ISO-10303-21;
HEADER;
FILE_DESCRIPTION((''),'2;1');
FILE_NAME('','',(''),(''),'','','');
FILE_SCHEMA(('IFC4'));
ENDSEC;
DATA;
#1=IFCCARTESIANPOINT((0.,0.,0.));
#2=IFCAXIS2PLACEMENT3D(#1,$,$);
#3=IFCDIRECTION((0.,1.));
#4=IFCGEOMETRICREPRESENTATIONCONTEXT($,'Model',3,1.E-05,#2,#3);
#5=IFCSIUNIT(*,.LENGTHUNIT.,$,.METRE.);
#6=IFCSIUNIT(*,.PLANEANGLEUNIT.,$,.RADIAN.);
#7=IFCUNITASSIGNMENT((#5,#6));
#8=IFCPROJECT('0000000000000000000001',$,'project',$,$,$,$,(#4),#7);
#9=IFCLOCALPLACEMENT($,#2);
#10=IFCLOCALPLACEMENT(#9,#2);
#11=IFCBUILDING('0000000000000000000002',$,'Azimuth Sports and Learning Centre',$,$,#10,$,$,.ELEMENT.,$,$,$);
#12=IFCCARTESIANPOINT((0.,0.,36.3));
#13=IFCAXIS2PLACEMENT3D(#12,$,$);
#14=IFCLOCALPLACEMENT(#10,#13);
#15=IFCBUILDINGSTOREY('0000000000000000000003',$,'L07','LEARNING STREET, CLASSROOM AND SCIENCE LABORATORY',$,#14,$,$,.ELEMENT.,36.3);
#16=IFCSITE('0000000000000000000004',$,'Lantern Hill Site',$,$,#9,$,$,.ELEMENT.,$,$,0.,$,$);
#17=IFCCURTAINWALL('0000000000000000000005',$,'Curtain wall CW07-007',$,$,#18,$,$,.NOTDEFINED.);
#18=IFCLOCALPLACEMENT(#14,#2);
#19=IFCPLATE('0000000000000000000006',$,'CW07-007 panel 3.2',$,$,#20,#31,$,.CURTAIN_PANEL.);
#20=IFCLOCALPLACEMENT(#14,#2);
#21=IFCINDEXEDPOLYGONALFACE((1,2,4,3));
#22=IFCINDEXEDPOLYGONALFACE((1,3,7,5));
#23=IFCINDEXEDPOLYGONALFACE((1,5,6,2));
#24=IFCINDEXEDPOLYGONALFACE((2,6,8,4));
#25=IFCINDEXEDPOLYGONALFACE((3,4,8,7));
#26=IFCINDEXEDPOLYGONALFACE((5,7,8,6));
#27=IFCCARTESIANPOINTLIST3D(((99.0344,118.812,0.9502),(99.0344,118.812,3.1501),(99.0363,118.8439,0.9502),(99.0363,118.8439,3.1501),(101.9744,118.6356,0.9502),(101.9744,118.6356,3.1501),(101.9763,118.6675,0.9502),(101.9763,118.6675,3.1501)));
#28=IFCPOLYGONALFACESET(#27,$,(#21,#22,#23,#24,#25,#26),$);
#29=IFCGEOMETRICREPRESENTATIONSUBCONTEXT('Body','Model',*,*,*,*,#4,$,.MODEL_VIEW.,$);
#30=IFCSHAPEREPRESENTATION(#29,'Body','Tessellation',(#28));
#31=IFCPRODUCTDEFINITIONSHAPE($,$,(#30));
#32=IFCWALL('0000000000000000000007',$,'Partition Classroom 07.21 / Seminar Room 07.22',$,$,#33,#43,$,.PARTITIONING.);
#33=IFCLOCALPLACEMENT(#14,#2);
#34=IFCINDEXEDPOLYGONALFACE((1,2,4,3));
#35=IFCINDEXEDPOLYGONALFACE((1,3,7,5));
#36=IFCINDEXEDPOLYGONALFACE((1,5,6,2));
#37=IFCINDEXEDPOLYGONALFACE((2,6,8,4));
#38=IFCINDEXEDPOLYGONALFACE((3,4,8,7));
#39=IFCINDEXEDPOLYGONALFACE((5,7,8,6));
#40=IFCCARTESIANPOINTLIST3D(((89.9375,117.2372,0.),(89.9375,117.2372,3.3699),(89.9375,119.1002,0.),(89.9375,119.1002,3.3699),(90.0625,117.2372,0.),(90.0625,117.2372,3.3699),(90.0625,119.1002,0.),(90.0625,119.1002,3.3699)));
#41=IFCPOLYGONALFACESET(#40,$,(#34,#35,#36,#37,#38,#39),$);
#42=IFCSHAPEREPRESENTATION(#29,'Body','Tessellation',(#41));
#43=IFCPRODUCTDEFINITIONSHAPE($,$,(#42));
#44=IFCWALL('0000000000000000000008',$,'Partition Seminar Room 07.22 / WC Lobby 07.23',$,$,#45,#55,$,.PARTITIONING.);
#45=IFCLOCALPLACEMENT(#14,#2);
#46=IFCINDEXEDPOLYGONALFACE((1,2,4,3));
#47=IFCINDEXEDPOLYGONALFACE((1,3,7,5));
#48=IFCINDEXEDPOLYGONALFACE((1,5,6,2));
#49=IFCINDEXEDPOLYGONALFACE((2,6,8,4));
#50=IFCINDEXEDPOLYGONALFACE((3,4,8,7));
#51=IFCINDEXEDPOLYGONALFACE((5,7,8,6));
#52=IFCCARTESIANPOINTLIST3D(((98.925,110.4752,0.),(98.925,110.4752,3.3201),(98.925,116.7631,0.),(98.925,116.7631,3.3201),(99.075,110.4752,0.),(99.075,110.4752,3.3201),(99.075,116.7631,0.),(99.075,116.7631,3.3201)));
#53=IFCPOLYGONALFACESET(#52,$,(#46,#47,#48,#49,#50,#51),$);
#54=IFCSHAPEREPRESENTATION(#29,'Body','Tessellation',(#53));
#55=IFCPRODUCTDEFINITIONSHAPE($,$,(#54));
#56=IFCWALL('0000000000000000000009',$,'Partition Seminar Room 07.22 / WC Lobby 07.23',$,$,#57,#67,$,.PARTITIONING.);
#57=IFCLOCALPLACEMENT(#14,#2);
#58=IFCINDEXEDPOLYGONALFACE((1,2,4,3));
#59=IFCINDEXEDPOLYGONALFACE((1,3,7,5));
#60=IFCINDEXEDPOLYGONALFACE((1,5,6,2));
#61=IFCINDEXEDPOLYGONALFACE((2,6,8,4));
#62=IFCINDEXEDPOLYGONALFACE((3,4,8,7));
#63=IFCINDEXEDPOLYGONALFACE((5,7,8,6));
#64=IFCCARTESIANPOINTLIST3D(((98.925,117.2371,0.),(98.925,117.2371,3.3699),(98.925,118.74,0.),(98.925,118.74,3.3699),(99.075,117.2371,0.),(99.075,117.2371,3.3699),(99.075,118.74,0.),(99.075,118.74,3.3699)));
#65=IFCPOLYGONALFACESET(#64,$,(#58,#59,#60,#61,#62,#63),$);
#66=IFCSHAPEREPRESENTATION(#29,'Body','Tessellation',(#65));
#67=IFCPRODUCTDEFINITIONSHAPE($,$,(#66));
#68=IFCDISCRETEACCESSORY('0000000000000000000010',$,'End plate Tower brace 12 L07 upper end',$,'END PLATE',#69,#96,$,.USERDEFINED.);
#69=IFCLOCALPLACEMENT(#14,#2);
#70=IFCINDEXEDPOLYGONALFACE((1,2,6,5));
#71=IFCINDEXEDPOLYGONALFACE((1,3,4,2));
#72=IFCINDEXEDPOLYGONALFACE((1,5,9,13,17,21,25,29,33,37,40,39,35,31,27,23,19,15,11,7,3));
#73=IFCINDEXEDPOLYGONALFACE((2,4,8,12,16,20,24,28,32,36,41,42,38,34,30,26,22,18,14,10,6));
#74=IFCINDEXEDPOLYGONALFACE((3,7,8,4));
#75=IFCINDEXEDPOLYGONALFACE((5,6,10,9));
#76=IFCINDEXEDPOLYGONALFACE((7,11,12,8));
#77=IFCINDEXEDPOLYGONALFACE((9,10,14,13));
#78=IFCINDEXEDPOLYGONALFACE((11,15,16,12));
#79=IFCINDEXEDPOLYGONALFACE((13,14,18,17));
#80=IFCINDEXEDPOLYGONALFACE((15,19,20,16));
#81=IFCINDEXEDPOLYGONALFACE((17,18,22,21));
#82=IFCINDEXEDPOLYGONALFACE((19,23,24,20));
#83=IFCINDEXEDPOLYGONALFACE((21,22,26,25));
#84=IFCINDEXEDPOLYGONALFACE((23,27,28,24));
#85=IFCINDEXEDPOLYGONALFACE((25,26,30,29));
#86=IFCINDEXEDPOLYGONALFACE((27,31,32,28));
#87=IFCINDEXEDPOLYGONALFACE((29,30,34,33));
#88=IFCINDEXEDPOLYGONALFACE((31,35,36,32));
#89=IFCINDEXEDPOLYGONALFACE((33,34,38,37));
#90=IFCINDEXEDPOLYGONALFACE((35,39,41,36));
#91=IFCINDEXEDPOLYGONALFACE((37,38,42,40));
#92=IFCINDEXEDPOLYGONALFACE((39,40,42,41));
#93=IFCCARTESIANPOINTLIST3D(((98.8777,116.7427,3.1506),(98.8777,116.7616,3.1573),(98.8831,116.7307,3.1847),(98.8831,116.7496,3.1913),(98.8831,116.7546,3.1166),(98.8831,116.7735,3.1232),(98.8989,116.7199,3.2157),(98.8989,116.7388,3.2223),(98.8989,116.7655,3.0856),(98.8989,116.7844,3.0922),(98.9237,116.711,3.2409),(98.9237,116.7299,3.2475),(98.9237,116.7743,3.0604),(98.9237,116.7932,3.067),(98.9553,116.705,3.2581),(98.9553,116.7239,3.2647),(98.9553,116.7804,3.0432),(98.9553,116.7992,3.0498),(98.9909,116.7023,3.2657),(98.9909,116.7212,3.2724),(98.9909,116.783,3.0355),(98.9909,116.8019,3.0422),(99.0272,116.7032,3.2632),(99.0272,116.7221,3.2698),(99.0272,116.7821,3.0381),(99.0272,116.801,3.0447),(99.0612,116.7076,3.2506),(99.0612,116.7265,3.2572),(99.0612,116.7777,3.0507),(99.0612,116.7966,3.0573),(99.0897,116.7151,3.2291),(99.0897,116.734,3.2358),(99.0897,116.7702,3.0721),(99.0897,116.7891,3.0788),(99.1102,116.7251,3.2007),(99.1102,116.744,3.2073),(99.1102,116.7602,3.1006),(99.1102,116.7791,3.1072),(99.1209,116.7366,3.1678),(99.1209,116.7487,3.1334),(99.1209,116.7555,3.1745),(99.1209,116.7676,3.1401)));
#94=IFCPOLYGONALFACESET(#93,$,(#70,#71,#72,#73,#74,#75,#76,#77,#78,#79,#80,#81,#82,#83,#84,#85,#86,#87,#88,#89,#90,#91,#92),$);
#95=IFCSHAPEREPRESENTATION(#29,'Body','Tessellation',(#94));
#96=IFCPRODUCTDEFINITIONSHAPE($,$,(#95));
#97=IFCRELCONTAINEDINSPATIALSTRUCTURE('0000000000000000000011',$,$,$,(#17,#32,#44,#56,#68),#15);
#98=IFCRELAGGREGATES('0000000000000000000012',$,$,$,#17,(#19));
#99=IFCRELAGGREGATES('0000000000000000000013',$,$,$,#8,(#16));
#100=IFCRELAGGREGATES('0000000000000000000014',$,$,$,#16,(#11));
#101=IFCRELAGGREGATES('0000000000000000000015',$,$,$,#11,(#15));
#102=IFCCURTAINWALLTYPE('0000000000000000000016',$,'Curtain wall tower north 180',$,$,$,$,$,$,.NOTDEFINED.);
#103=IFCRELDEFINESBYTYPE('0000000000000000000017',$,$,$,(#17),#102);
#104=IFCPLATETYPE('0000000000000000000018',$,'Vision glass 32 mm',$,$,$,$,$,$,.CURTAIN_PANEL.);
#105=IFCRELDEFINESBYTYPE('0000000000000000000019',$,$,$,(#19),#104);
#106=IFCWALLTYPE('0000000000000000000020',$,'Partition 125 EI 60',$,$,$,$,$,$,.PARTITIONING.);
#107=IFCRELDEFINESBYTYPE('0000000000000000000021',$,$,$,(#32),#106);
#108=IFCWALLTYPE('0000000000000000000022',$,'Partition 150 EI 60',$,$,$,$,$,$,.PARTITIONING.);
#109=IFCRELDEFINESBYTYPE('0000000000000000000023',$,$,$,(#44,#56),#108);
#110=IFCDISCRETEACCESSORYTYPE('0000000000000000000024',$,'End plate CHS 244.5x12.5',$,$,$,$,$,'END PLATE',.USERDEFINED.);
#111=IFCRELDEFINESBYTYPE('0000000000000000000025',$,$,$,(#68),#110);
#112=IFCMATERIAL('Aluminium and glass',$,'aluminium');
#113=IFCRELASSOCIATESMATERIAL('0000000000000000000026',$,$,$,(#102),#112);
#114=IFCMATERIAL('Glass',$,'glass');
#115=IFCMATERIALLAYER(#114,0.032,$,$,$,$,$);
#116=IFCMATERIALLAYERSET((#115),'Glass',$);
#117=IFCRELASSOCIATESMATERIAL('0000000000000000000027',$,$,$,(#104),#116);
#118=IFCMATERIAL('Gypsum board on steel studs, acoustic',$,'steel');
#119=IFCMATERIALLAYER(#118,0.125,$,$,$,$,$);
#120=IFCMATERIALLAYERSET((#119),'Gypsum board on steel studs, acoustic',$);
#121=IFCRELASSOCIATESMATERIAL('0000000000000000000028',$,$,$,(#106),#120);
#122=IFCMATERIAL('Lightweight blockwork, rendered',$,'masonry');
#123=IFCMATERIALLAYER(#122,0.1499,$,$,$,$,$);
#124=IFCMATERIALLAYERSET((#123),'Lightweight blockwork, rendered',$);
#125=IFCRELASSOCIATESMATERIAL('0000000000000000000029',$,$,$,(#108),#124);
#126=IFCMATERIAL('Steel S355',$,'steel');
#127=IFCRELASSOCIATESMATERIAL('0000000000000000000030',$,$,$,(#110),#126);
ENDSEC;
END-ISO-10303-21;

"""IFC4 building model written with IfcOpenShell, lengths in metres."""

from ifc_helpers import new_model, si_unit, direction, frame, frame_2d, origin, origin_2d, place, context, subcontext, project, spatial, rectangle, circle, extrude, material, layer, layer_set, material_profile, profile_set, type_object, element, aggregate, save


model = new_model("IFC4")

# Units and contexts
model_context = context("Model", 3, precision=1e-05, world=origin(), true_north=direction((0.0, 1.0)))
body_context = subcontext(model_context, "Body", "Model", "MODEL_VIEW")
ifc_project = project(units=[si_unit("LENGTHUNIT", "METRE"), si_unit("PLANEANGLEUNIT", "RADIAN")], contexts=[model_context])

# Site, building, storey
site_placement = place(None, origin())
site = spatial("IfcSite", under=ifc_project, at=site_placement, Name="Lantern Hill Site", CompositionType="ELEMENT", RefElevation=0.0)
building_placement = place(site_placement, origin())
building = spatial("IfcBuilding", under=site, at=building_placement, Name="Azimuth Sports and Learning Centre", CompositionType="ELEMENT")
storey_placement = place(building_placement, frame((0.0, 0.0, 36.3)))
storey = spatial("IfcBuildingStorey", under=building, at=storey_placement, Name="L07", Description="LEARNING STREET, CLASSROOM AND SCIENCE LABORATORY", CompositionType="ELEMENT", Elevation=36.3)

# Curtain wall, plate
ifc_material_1 = material(Name="Aluminium and glass", Category="aluminium")
curtain_wall_type = type_object("IfcCurtainWallType", Name="Curtain wall tower north 180", PredefinedType="NOTDEFINED", material=ifc_material_1)
curtain_wall_placement = place(storey_placement, origin())
curtain_wall = element("IfcCurtainWall", 1, at=curtain_wall_placement, inside=storey, type_object=curtain_wall_type, Name="Curtain wall CW07-007", PredefinedType="NOTDEFINED")
ifc_material_2 = material(Name="Glass", Category="glass")
ifc_layer_1 = layer(ifc_material_2, 0.032)
ifc_layer_set_1 = layer_set([ifc_layer_1], Name="Glass")
plate_type_1 = type_object("IfcPlateType", Name="Vision glass 32 mm", PredefinedType="CURTAIN_PANEL", material=ifc_layer_set_1)
plate_1_placement = place(storey_placement, frame((100.5054, 118.7397, 0.9502), z_axis=(0.0, 0.0, 1.0), x_axis=(-0.998205, 0.059892, 0.0)))
plate_1 = element("IfcPlate", 2, at=plate_1_placement, type_object=plate_type_1, Name="CW07-007 panel 3.2", PredefinedType="CURTAIN_PANEL", context=body_context, shape_type="SweptSolid", body=[
    extrude(rectangle(XDim=2.9453, YDim=0.032, at=origin_2d()), origin(), (0.0, 0.0, 1.0), 2.2),
])
aggregate(curtain_wall, [plate_1])

# Walls
ifc_material_3 = material(Name="Gypsum board on steel studs, acoustic", Category="steel")
ifc_layer_2 = layer(ifc_material_3, 0.125)
ifc_layer_set_2 = layer_set([ifc_layer_2], Name="Gypsum board on steel studs, acoustic")
wall_type_1 = type_object("IfcWallType", Name="Partition 125 EI 60", PredefinedType="PARTITIONING", material=ifc_layer_set_2)
wall_1_placement = place(storey_placement, frame((90.0, 117.2371, 0.0), z_axis=(0.0, 0.0, 1.0), x_axis=(0.0, 1.0, 0.0)))
element("IfcWall", 3, at=wall_1_placement, inside=storey, type_object=wall_type_1, Name="Partition Classroom 07.21 / Seminar Room 07.22", PredefinedType="PARTITIONING", context=body_context, shape_type="SweptSolid", body=[
    extrude(rectangle(XDim=1.863, YDim=0.125, at=frame_2d((0.9316, 0.0))), origin(), (0.0, 0.0, 1.0), 3.3699),
])
ifc_material_4 = material(Name="Lightweight blockwork, rendered", Category="masonry")
ifc_layer_3 = layer(ifc_material_4, 0.1499)
ifc_layer_set_3 = layer_set([ifc_layer_3], Name="Lightweight blockwork, rendered")
wall_type_2 = type_object("IfcWallType", Name="Partition 150 EI 60", PredefinedType="PARTITIONING", material=ifc_layer_set_3)
wall_2_placement = place(storey_placement, frame((99.0, 110.4751, 0.0), z_axis=(0.0, 0.0, 1.0), x_axis=(0.0, 1.0, 0.0)))
element("IfcWall", 4, at=wall_2_placement, inside=storey, type_object=wall_type_2, Name="Partition Seminar Room 07.22 / WC Lobby 07.23", PredefinedType="PARTITIONING", context=body_context, shape_type="SweptSolid", body=[
    extrude(rectangle(XDim=6.2878, YDim=0.1499, at=frame_2d((3.144, 0.0))), origin(), (0.0, 0.0, 1.0), 3.3201),
])
wall_3_placement = place(storey_placement, frame((99.0, 117.2371, 0.0), z_axis=(0.0, 0.0, 1.0), x_axis=(0.0, 1.0, 0.0)))
element("IfcWall", 5, at=wall_3_placement, inside=storey, type_object=wall_type_2, Name="Partition Seminar Room 07.22 / WC Lobby 07.23", PredefinedType="PARTITIONING", context=body_context, shape_type="SweptSolid", body=[
    extrude(rectangle(XDim=1.5029, YDim=0.1499, at=frame_2d((0.7515, 0.0))), origin(), (0.0, 0.0, 1.0), 3.3699),
])

# Discrete accessory
ifc_material_5 = material(Name="Steel S355", Category="steel")
ifc_material_profile_1 = material_profile(ifc_material_5, circle(Radius=0.1223, at=origin_2d()), Name="PL 244 DISC")
ifc_profile_set_1 = profile_set([ifc_material_profile_1], Name="Steel S355")
discrete_accessory_type = type_object("IfcDiscreteAccessoryType", Name="End plate CHS 244.5x12.5", ElementType="END PLATE", PredefinedType="USERDEFINED", material=ifc_profile_set_1)
discrete_accessory_placement = place(storey_placement, frame((99.0, 116.7427, 3.1506), z_axis=(0.0, 0.943667, 0.330896), x_axis=(-1.0, 0.0, 0.0)))
element("IfcDiscreteAccessory", 6, at=discrete_accessory_placement, inside=storey, type_object=discrete_accessory_type, Name="End plate Tower brace 12 L07 upper end", ObjectType="END PLATE", PredefinedType="USERDEFINED", context=body_context, shape_type="SweptSolid", body=[
    extrude(circle(Radius=0.1223, at=origin_2d()), origin(), (0.0, 0.0, 1.0), 0.02),
])

save(model, "model.ifc")
